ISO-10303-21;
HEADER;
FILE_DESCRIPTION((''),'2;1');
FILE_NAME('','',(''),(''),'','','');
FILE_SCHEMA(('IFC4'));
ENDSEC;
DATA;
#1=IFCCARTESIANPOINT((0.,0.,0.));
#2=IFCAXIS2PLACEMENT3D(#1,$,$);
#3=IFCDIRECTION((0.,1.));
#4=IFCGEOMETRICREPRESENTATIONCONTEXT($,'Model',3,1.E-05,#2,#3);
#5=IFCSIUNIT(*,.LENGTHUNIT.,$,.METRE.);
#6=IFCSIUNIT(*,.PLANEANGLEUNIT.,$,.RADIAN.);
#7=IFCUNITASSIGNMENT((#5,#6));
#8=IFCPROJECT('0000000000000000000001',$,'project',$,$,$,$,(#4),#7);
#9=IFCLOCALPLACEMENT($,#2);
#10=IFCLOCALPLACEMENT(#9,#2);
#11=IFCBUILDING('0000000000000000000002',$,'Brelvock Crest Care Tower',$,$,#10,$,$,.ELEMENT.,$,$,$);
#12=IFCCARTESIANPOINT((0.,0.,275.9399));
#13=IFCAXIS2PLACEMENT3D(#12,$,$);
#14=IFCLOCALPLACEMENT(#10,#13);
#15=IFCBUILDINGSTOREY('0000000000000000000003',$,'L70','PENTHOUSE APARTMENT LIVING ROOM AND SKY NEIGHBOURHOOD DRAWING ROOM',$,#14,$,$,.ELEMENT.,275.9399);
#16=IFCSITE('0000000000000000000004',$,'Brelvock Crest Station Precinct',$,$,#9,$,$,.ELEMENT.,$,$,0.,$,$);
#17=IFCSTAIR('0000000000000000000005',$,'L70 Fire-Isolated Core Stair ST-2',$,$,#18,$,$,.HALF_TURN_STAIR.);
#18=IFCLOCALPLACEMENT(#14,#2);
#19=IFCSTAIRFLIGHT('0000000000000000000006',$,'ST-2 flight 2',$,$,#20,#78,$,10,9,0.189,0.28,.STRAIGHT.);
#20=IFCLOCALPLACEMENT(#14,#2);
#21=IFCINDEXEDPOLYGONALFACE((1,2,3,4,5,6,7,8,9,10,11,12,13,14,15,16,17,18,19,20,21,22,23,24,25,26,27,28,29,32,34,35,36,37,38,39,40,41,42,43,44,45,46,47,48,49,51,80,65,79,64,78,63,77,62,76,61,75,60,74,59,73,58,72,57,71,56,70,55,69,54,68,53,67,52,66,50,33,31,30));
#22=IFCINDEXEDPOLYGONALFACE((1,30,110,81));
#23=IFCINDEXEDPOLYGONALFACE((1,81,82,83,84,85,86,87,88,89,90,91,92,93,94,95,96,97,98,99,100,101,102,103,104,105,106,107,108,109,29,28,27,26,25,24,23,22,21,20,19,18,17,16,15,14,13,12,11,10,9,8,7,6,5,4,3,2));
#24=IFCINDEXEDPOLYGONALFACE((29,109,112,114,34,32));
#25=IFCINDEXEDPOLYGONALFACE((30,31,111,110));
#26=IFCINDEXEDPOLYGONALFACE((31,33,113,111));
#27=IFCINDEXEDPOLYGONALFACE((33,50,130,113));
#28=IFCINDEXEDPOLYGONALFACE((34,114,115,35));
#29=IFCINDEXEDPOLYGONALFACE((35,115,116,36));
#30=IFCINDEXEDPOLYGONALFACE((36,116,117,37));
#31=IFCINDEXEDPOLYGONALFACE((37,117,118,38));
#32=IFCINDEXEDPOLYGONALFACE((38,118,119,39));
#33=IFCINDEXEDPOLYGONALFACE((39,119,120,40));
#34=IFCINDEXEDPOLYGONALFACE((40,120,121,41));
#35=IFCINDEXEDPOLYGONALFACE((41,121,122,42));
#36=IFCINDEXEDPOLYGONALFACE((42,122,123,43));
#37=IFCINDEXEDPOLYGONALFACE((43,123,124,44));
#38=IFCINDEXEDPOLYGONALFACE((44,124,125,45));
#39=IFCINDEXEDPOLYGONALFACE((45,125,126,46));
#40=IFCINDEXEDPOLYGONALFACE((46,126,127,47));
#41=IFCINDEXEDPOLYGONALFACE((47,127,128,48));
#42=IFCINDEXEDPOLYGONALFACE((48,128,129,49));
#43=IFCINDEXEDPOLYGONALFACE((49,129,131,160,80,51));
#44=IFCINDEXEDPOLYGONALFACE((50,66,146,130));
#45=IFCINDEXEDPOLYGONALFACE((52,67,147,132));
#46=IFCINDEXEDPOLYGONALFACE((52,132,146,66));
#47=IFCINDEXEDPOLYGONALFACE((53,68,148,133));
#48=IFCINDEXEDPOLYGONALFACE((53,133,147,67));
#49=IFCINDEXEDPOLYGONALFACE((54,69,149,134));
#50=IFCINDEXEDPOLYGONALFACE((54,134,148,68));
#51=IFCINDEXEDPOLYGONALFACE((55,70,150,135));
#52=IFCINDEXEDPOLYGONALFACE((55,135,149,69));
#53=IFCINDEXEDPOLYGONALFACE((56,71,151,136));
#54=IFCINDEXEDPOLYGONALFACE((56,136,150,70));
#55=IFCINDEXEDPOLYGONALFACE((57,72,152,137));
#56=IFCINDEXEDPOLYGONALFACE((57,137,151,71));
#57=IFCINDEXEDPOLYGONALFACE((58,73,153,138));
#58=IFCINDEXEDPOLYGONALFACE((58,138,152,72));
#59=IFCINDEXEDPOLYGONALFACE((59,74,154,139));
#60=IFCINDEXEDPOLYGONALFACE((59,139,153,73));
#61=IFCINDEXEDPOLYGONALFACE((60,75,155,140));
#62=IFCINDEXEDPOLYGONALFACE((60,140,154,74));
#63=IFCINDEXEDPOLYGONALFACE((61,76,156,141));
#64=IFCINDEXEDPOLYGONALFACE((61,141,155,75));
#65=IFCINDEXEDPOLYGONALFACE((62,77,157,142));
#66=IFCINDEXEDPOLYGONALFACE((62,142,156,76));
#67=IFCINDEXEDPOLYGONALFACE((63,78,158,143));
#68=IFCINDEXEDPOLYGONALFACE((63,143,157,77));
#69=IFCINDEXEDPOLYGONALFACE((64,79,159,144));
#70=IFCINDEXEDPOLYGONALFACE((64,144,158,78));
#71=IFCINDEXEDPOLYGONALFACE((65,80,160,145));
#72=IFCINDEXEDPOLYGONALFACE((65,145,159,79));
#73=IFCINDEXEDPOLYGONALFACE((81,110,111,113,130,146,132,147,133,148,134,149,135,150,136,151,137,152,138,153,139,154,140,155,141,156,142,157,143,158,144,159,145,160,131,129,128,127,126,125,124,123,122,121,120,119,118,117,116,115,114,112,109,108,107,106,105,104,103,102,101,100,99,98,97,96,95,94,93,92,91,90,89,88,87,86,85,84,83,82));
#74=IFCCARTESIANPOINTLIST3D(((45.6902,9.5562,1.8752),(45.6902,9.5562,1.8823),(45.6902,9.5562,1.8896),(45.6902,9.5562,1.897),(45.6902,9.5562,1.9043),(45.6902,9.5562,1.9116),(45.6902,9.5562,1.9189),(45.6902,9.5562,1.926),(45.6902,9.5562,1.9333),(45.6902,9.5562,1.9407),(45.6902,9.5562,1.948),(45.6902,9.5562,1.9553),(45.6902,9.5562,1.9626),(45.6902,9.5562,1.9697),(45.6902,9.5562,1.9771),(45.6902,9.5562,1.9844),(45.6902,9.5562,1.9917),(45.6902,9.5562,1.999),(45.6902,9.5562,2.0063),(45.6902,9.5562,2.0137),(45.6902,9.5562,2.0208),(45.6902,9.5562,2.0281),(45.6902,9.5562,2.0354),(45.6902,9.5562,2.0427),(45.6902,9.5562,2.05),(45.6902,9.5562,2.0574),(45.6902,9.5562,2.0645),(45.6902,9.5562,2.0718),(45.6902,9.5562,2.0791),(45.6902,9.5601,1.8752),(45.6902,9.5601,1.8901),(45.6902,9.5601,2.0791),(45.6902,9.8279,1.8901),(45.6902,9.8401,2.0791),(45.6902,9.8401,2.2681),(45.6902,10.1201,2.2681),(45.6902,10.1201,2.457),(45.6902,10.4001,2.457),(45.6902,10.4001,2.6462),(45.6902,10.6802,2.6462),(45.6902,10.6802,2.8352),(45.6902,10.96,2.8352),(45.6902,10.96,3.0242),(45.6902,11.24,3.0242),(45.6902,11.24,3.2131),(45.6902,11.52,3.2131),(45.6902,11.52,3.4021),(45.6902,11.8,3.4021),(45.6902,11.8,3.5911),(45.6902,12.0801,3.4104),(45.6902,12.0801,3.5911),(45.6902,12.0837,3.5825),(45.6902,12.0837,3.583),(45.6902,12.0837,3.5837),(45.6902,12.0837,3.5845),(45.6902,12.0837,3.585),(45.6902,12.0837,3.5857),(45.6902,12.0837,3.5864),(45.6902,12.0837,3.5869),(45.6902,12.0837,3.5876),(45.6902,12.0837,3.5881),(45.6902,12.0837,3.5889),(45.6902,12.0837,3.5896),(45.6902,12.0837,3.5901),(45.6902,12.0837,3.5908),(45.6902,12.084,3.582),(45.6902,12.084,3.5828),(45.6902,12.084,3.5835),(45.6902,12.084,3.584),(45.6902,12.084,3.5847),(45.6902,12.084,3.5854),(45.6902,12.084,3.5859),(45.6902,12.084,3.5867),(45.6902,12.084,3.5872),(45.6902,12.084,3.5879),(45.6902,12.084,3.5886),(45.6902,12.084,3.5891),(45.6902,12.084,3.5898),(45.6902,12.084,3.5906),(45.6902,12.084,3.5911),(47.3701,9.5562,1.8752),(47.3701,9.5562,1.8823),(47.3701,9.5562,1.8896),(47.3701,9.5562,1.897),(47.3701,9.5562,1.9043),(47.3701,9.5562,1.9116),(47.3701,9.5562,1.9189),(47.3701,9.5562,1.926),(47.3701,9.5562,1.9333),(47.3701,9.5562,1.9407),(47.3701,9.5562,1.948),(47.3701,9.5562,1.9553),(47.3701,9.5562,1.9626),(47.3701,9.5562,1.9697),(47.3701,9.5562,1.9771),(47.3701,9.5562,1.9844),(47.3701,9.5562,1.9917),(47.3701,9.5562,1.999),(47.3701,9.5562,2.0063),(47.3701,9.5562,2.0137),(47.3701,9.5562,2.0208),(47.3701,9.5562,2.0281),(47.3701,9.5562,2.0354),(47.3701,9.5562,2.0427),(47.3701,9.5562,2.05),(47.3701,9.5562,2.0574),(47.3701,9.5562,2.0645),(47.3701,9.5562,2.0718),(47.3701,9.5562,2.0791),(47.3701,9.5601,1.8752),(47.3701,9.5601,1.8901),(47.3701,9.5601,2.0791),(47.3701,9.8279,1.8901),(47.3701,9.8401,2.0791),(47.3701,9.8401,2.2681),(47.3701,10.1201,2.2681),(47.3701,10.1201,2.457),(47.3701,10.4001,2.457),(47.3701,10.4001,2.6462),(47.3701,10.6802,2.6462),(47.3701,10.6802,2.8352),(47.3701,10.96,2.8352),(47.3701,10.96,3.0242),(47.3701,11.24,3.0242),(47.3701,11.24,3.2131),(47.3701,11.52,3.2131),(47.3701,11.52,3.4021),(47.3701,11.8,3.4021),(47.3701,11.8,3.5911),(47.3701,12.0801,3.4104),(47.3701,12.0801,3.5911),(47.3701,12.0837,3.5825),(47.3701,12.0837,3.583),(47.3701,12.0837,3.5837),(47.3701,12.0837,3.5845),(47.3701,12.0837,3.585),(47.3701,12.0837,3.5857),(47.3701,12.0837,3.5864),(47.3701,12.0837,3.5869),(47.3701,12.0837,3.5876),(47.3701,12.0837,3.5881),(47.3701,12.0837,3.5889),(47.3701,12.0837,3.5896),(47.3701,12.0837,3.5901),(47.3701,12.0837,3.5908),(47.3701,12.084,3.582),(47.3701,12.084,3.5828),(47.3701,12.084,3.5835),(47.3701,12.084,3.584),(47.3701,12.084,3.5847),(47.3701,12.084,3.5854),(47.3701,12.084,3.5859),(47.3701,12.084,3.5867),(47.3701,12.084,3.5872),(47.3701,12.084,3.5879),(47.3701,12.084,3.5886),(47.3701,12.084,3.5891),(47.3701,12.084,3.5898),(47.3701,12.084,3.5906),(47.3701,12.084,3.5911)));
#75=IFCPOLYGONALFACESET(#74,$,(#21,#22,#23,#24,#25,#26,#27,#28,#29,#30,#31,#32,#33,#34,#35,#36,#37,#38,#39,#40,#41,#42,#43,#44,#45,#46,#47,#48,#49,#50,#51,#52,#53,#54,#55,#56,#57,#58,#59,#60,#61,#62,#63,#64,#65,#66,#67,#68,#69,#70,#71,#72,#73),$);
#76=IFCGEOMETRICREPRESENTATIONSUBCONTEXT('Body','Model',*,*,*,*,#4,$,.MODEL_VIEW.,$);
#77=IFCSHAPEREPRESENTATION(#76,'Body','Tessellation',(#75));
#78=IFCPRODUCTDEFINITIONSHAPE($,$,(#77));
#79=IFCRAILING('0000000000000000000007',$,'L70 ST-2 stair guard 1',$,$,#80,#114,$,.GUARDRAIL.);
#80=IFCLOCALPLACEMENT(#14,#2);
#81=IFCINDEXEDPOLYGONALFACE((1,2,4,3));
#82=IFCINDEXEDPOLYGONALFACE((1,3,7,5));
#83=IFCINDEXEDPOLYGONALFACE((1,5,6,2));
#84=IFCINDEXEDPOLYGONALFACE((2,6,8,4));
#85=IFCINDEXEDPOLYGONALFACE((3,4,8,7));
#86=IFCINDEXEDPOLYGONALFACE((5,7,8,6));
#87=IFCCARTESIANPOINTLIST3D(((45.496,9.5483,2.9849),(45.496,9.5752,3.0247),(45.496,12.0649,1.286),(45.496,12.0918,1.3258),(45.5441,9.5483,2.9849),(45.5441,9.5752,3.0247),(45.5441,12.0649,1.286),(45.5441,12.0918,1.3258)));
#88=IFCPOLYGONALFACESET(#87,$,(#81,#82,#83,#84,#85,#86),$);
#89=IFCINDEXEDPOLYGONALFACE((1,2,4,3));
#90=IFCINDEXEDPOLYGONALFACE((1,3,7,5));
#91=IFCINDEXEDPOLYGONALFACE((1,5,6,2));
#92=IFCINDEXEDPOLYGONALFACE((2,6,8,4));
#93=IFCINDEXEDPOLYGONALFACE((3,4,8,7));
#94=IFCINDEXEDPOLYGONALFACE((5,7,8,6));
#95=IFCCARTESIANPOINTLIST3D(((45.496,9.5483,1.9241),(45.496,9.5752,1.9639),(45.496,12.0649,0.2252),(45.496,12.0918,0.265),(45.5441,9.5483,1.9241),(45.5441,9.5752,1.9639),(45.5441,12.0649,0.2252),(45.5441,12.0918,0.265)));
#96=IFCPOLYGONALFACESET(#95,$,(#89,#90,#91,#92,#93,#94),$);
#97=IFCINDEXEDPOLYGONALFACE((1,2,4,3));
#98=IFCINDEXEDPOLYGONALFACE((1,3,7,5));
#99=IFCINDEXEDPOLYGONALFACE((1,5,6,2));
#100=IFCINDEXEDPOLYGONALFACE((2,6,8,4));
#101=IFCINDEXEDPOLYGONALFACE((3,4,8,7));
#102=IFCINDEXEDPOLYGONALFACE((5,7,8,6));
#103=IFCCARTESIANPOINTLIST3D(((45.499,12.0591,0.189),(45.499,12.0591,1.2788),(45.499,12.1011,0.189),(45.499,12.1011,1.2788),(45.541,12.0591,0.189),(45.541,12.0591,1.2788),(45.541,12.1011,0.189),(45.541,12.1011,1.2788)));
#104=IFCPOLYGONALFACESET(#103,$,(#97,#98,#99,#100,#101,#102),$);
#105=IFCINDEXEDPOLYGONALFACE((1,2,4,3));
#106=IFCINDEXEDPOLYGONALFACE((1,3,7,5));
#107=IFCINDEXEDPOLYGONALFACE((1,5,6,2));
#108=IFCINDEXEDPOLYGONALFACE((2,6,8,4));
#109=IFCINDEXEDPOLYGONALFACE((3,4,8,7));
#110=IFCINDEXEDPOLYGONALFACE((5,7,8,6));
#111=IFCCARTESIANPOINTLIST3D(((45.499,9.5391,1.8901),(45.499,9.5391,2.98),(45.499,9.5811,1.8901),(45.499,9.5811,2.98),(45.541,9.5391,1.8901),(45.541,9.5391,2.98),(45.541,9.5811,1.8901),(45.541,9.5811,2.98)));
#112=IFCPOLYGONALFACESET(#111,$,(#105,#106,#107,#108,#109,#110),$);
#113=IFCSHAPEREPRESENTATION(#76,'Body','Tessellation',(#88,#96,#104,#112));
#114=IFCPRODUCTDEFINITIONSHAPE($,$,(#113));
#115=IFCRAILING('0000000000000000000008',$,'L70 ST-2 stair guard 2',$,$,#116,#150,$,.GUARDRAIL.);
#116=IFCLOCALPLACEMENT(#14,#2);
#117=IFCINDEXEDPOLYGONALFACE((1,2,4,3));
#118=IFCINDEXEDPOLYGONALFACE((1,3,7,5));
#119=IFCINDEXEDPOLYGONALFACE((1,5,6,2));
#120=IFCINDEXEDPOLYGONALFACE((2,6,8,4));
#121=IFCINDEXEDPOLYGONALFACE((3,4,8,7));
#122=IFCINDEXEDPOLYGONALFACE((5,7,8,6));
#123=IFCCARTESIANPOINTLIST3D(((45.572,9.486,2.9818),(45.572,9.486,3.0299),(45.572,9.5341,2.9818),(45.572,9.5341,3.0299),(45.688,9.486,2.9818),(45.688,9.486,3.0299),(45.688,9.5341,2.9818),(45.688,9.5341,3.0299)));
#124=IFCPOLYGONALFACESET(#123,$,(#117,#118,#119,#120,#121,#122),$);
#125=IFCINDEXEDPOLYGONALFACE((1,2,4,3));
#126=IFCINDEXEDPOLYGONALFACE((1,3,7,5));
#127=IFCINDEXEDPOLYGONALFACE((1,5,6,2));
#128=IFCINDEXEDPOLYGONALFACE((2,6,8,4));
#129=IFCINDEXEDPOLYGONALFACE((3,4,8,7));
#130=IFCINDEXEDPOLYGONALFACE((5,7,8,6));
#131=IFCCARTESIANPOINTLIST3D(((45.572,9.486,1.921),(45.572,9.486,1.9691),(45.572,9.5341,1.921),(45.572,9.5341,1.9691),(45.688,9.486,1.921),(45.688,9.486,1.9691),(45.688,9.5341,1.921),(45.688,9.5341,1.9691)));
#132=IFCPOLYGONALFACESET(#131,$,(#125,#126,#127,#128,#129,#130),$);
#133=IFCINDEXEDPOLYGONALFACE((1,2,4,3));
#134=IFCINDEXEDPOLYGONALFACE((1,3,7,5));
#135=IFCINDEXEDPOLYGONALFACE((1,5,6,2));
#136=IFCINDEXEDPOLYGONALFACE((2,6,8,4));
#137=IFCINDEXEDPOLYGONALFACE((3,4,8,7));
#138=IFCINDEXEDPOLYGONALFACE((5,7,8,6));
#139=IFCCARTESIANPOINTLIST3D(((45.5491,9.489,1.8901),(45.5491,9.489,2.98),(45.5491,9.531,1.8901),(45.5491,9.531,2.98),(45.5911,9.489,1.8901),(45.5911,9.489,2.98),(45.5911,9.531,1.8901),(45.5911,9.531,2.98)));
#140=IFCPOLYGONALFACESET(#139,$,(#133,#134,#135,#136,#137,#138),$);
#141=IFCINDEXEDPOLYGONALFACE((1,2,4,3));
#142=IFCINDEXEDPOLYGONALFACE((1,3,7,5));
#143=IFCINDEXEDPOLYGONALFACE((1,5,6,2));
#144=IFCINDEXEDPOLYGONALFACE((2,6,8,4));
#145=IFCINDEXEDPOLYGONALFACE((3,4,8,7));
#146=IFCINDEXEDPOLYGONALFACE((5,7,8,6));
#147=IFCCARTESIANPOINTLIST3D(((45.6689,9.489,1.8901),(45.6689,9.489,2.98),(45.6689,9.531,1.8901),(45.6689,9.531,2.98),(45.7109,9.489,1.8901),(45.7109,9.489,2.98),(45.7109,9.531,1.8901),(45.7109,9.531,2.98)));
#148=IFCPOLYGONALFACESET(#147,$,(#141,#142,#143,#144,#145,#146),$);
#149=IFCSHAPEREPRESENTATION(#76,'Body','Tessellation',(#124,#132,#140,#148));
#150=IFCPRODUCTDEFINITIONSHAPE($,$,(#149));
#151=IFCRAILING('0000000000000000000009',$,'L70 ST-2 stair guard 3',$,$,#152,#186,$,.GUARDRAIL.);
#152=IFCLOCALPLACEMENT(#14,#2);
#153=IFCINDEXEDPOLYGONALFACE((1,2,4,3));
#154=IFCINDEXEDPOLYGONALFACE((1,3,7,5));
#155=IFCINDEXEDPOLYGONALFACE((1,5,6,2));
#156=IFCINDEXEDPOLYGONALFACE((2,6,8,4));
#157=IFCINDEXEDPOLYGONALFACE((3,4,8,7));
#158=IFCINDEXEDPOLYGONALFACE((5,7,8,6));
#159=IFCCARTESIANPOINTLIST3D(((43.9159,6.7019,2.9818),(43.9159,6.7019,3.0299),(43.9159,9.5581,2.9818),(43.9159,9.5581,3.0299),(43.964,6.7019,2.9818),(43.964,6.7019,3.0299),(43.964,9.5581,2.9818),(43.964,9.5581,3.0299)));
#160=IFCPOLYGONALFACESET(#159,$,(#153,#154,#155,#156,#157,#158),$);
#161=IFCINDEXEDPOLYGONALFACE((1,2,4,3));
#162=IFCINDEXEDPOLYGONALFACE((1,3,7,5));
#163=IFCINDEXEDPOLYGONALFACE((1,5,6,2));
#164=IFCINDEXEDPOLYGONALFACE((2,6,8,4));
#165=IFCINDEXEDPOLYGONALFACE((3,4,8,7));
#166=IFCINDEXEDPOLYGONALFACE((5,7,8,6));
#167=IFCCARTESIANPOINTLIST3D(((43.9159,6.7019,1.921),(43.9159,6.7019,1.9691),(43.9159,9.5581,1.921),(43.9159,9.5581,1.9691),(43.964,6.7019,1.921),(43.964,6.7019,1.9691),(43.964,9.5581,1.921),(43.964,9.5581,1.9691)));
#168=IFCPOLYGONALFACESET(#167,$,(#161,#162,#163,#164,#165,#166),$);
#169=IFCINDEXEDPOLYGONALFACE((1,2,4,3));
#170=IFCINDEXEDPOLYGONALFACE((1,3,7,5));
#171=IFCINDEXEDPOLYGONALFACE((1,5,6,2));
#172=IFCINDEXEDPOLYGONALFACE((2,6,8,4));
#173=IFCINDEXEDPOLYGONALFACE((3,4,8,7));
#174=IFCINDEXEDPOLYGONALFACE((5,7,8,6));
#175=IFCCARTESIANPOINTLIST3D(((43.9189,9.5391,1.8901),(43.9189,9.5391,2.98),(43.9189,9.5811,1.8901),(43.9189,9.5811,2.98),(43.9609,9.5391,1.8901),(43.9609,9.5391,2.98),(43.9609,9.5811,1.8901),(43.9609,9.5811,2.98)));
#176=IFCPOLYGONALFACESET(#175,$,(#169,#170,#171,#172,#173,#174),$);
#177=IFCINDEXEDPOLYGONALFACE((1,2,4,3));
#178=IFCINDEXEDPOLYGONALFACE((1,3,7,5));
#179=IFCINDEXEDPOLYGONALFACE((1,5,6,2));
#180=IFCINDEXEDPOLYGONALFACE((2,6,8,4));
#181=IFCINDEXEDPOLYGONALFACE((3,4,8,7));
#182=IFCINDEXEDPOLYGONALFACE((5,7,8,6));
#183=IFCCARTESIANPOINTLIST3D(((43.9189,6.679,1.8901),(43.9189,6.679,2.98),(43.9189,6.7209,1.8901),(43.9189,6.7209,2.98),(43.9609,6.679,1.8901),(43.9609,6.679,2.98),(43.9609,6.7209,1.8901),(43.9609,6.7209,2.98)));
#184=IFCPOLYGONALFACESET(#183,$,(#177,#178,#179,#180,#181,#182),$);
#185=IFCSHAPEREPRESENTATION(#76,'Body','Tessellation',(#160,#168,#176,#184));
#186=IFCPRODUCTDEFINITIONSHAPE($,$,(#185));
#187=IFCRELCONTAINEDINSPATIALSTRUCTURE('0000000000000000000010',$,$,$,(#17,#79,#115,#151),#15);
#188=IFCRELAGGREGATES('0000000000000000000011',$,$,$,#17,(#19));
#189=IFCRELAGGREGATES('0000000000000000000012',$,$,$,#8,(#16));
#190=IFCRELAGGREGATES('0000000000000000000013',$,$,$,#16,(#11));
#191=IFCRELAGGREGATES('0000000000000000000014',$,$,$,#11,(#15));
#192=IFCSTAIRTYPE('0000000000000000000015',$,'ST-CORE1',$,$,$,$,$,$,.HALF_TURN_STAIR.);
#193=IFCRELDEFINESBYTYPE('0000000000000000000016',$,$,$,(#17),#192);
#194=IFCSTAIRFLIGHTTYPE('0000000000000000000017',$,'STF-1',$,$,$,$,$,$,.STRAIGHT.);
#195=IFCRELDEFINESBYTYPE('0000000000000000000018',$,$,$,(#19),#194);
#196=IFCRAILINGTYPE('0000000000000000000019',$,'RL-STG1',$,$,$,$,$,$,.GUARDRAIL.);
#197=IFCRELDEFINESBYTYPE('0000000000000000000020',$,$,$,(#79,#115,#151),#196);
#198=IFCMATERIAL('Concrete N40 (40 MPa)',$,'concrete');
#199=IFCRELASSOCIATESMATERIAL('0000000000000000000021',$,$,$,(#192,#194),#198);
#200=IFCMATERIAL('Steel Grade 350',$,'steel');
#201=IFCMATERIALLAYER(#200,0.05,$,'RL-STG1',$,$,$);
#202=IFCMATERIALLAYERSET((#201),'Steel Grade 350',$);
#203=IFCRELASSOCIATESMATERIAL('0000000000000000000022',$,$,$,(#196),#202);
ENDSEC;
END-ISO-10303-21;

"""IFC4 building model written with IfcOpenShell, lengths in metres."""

from ifc_helpers import new_model, si_unit, direction, frame, origin, origin_2d, place, context, subcontext, project, spatial, polyline, rectangle, outline, extrude, material, layer, layer_set, type_object, element, aggregate, save


model = new_model("IFC4")

# Units and contexts
model_context = context("Model", 3, precision=1e-05, world=origin(), true_north=direction((0.0, 1.0)))
body_context = subcontext(model_context, "Body", "Model", "MODEL_VIEW")
ifc_project = project(units=[si_unit("LENGTHUNIT", "METRE"), si_unit("PLANEANGLEUNIT", "RADIAN")], contexts=[model_context])

# Site, building, storey
site_placement = place(None, origin())
site = spatial("IfcSite", under=ifc_project, at=site_placement, Name="Brelvock Crest Station Precinct", CompositionType="ELEMENT", RefElevation=0.0)
building_placement = place(site_placement, origin())
building = spatial("IfcBuilding", under=site, at=building_placement, Name="Brelvock Crest Care Tower", CompositionType="ELEMENT")
storey_placement = place(building_placement, frame((0.0, 0.0, 275.9399)))
storey = spatial("IfcBuildingStorey", under=building, at=storey_placement, Name="L70", Description="PENTHOUSE APARTMENT LIVING ROOM AND SKY NEIGHBOURHOOD DRAWING ROOM", CompositionType="ELEMENT", Elevation=275.9399)

# Shared definitions
ifc_material_1 = material(Name="Steel Grade 350", Category="steel")

# Stair, stair flight
ifc_material_2 = material(Name="Concrete N40 (40 MPa)", Category="concrete")
stair_type = type_object("IfcStairType", Name="ST-CORE1", PredefinedType="HALF_TURN_STAIR", material=ifc_material_2)
stair_placement = place(storey_placement, origin())
stair = element("IfcStair", 1, at=stair_placement, inside=storey, type_object=stair_type, Name="L70 Fire-Isolated Core Stair ST-2", PredefinedType="HALF_TURN_STAIR")
stair_flight_type = type_object("IfcStairFlightType", Name="STF-1", PredefinedType="STRAIGHT", material=ifc_material_2)
stair_flight_1_placement = place(storey_placement, frame((46.53, 9.5601, 1.8901), z_axis=(0.0, 0.0, 1.0), x_axis=(0.0, 1.0, 0.0)))
stair_flight_1 = element("IfcStairFlight", 2, at=stair_flight_1_placement, type_object=stair_flight_type, Name="ST-2 flight 2", NumberOfRisers=10, NumberOfTreads=9, PredefinedType="STRAIGHT", RiserHeight=0.189, TreadLength=0.28, context=body_context, shape_type="SweptSolid", body=[
    extrude(outline(polyline([(-0.0039, -0.0149), (-0.0039, -0.0078), (-0.0039, -0.0005), (-0.0039, 0.0068), (-0.0039, 0.0142), (-0.0039, 0.0215), (-0.0039, 0.0288), (-0.0039, 0.0359), (-0.0039, 0.0432), (-0.0039, 0.0505), (-0.0039, 0.0579), (-0.0039, 0.0652), (-0.0039, 0.0725), (-0.0039, 0.0796), (-0.0039, 0.0869), (-0.0039, 0.0942), (-0.0039, 0.1016), (-0.0039, 0.1089), (-0.0039, 0.1162), (-0.0039, 0.1235), (-0.0039, 0.1306), (-0.0039, 0.1379), (-0.0039, 0.1453), (-0.0039, 0.1526), (-0.0039, 0.1599), (-0.0039, 0.1672), (-0.0039, 0.1743), (-0.0039, 0.1816), (-0.0039, 0.189), (0.0, 0.189), (0.28, 0.189), (0.28, 0.3779), (0.5601, 0.3779), (0.5601, 0.5669), (0.8401, 0.5669), (0.8401, 0.7561), (1.1201, 0.7561), (1.1201, 0.9451), (1.3999, 0.9451), (1.3999, 1.134), (1.6799, 1.134), (1.6799, 1.323), (1.96, 1.323), (1.96, 1.512), (2.24, 1.512), (2.24, 1.7009), (2.52, 1.7009), (2.5239, 1.7009), (2.5237, 1.7007), (2.5239, 1.7004), (2.5237, 1.7), (2.5239, 1.6997), (2.5237, 1.6995), (2.5239, 1.699), (2.5237, 1.6987), (2.5239, 1.6985), (2.5237, 1.698), (2.5239, 1.6978), (2.5237, 1.6975), (2.5239, 1.697), (2.5237, 1.6968), (2.5239, 1.6965), (2.5237, 1.6963), (2.5239, 1.6958), (2.5237, 1.6956), (2.5239, 1.6953), (2.5237, 1.6948), (2.5239, 1.6946), (2.5237, 1.6943), (2.5239, 1.6938), (2.5237, 1.6936), (2.5239, 1.6934), (2.5237, 1.6929), (2.5239, 1.6926), (2.5237, 1.6924), (2.5239, 1.6919), (2.52, 1.5203), (0.2678, 0.0), (0.0, 0.0), (0.0, -0.0149), (-0.0039, -0.0149)])), frame((0.0, 0.8398, 0.0), z_axis=(0.0, -1.0, 0.0), x_axis=(1.0, 0.0, 0.0)), (0.0, 0.0, 1.0), 1.6799),
])
aggregate(stair, [stair_flight_1])

# Railings
ifc_layer_1 = layer(ifc_material_1, 0.05, Name="RL-STG1")
ifc_layer_set_1 = layer_set([ifc_layer_1], Name="Steel Grade 350")
railing_type_1 = type_object("IfcRailingType", Name="RL-STG1", PredefinedType="GUARDRAIL", material=ifc_layer_set_1)
railing_1_placement = place(storey_placement, frame((45.52, 12.0801, 0.189)))
element("IfcRailing", 3, at=railing_1_placement, inside=storey, type_object=railing_type_1, Name="L70 ST-2 stair guard 1", PredefinedType="GUARDRAIL", context=body_context, shape_type="SweptSolid", body=[
    extrude(rectangle(XDim=0.0481, YDim=0.0481, at=origin_2d()), frame((0.0, -0.0017, 1.1169), z_axis=(0.0, -0.828824, 0.559509), x_axis=(1.0, 0.0, 0.0)), (0.0, 0.0, 1.0), 3.0364),
    extrude(rectangle(XDim=0.0481, YDim=0.0481, at=origin_2d()), frame((0.0, -0.0017, 0.0562), z_axis=(0.0, -0.828824, 0.559509), x_axis=(1.0, 0.0, 0.0)), (0.0, 0.0, 1.0), 3.0364),
    extrude(rectangle(XDim=0.042, YDim=0.042, at=origin_2d()), origin(), (0.0, 0.0, 1.0), 1.0898),
    extrude(rectangle(XDim=0.042, YDim=0.042, at=origin_2d()), frame((0.0, -2.52, 1.7012)), (0.0, 0.0, 1.0), 1.0898),
])
railing_2_placement = place(storey_placement, frame((45.5701, 9.51, 1.8901)))
element("IfcRailing", 4, at=railing_2_placement, inside=storey, type_object=railing_type_1, Name="L70 ST-2 stair guard 2", PredefinedType="GUARDRAIL", context=body_context, shape_type="SweptSolid", body=[
    extrude(rectangle(XDim=0.0481, YDim=0.0481, at=origin_2d()), frame((0.002, 0.0, 1.1157), z_axis=(1.0, 0.0, 0.0), x_axis=(0.0, 1.0, 0.0)), (0.0, 0.0, 1.0), 0.116),
    extrude(rectangle(XDim=0.0481, YDim=0.0481, at=origin_2d()), frame((0.002, 0.0, 0.0549), z_axis=(1.0, 0.0, 0.0), x_axis=(0.0, 1.0, 0.0)), (0.0, 0.0, 1.0), 0.116),
    extrude(rectangle(XDim=0.042, YDim=0.042, at=origin_2d()), origin(), (0.0, 0.0, 1.0), 1.0898),
    extrude(rectangle(XDim=0.042, YDim=0.042, at=origin_2d()), frame((0.1199, 0.0, 0.0)), (0.0, 0.0, 1.0), 1.0898),
])
for number, where, name in (
    (5, (43.9399, 9.5601, 1.8901), "L70 ST-2 stair guard 3"),
):
    element("IfcRailing", number, at=place(storey_placement, frame(where)), inside=storey, type_object=railing_type_1, Name=name, PredefinedType="GUARDRAIL", context=body_context, shape_type="SweptSolid", body=[
        extrude(rectangle(XDim=0.0481, YDim=0.0481, at=origin_2d()), frame((0.0, -0.002, 1.1157), z_axis=(0.0, -1.0, 0.0), x_axis=(1.0, 0.0, 0.0)), (0.0, 0.0, 1.0), 2.8562),
        extrude(rectangle(XDim=0.0481, YDim=0.0481, at=origin_2d()), frame((0.0, -0.002, 0.0549), z_axis=(0.0, -1.0, 0.0), x_axis=(1.0, 0.0, 0.0)), (0.0, 0.0, 1.0), 2.8562),
        extrude(rectangle(XDim=0.042, YDim=0.042, at=origin_2d()), origin(), (0.0, 0.0, 1.0), 1.0898),
        extrude(rectangle(XDim=0.042, YDim=0.042, at=origin_2d()), frame((0.0, -2.8601, 0.0)), (0.0, 0.0, 1.0), 1.0898),
    ])

save(model, "model.ifc")
